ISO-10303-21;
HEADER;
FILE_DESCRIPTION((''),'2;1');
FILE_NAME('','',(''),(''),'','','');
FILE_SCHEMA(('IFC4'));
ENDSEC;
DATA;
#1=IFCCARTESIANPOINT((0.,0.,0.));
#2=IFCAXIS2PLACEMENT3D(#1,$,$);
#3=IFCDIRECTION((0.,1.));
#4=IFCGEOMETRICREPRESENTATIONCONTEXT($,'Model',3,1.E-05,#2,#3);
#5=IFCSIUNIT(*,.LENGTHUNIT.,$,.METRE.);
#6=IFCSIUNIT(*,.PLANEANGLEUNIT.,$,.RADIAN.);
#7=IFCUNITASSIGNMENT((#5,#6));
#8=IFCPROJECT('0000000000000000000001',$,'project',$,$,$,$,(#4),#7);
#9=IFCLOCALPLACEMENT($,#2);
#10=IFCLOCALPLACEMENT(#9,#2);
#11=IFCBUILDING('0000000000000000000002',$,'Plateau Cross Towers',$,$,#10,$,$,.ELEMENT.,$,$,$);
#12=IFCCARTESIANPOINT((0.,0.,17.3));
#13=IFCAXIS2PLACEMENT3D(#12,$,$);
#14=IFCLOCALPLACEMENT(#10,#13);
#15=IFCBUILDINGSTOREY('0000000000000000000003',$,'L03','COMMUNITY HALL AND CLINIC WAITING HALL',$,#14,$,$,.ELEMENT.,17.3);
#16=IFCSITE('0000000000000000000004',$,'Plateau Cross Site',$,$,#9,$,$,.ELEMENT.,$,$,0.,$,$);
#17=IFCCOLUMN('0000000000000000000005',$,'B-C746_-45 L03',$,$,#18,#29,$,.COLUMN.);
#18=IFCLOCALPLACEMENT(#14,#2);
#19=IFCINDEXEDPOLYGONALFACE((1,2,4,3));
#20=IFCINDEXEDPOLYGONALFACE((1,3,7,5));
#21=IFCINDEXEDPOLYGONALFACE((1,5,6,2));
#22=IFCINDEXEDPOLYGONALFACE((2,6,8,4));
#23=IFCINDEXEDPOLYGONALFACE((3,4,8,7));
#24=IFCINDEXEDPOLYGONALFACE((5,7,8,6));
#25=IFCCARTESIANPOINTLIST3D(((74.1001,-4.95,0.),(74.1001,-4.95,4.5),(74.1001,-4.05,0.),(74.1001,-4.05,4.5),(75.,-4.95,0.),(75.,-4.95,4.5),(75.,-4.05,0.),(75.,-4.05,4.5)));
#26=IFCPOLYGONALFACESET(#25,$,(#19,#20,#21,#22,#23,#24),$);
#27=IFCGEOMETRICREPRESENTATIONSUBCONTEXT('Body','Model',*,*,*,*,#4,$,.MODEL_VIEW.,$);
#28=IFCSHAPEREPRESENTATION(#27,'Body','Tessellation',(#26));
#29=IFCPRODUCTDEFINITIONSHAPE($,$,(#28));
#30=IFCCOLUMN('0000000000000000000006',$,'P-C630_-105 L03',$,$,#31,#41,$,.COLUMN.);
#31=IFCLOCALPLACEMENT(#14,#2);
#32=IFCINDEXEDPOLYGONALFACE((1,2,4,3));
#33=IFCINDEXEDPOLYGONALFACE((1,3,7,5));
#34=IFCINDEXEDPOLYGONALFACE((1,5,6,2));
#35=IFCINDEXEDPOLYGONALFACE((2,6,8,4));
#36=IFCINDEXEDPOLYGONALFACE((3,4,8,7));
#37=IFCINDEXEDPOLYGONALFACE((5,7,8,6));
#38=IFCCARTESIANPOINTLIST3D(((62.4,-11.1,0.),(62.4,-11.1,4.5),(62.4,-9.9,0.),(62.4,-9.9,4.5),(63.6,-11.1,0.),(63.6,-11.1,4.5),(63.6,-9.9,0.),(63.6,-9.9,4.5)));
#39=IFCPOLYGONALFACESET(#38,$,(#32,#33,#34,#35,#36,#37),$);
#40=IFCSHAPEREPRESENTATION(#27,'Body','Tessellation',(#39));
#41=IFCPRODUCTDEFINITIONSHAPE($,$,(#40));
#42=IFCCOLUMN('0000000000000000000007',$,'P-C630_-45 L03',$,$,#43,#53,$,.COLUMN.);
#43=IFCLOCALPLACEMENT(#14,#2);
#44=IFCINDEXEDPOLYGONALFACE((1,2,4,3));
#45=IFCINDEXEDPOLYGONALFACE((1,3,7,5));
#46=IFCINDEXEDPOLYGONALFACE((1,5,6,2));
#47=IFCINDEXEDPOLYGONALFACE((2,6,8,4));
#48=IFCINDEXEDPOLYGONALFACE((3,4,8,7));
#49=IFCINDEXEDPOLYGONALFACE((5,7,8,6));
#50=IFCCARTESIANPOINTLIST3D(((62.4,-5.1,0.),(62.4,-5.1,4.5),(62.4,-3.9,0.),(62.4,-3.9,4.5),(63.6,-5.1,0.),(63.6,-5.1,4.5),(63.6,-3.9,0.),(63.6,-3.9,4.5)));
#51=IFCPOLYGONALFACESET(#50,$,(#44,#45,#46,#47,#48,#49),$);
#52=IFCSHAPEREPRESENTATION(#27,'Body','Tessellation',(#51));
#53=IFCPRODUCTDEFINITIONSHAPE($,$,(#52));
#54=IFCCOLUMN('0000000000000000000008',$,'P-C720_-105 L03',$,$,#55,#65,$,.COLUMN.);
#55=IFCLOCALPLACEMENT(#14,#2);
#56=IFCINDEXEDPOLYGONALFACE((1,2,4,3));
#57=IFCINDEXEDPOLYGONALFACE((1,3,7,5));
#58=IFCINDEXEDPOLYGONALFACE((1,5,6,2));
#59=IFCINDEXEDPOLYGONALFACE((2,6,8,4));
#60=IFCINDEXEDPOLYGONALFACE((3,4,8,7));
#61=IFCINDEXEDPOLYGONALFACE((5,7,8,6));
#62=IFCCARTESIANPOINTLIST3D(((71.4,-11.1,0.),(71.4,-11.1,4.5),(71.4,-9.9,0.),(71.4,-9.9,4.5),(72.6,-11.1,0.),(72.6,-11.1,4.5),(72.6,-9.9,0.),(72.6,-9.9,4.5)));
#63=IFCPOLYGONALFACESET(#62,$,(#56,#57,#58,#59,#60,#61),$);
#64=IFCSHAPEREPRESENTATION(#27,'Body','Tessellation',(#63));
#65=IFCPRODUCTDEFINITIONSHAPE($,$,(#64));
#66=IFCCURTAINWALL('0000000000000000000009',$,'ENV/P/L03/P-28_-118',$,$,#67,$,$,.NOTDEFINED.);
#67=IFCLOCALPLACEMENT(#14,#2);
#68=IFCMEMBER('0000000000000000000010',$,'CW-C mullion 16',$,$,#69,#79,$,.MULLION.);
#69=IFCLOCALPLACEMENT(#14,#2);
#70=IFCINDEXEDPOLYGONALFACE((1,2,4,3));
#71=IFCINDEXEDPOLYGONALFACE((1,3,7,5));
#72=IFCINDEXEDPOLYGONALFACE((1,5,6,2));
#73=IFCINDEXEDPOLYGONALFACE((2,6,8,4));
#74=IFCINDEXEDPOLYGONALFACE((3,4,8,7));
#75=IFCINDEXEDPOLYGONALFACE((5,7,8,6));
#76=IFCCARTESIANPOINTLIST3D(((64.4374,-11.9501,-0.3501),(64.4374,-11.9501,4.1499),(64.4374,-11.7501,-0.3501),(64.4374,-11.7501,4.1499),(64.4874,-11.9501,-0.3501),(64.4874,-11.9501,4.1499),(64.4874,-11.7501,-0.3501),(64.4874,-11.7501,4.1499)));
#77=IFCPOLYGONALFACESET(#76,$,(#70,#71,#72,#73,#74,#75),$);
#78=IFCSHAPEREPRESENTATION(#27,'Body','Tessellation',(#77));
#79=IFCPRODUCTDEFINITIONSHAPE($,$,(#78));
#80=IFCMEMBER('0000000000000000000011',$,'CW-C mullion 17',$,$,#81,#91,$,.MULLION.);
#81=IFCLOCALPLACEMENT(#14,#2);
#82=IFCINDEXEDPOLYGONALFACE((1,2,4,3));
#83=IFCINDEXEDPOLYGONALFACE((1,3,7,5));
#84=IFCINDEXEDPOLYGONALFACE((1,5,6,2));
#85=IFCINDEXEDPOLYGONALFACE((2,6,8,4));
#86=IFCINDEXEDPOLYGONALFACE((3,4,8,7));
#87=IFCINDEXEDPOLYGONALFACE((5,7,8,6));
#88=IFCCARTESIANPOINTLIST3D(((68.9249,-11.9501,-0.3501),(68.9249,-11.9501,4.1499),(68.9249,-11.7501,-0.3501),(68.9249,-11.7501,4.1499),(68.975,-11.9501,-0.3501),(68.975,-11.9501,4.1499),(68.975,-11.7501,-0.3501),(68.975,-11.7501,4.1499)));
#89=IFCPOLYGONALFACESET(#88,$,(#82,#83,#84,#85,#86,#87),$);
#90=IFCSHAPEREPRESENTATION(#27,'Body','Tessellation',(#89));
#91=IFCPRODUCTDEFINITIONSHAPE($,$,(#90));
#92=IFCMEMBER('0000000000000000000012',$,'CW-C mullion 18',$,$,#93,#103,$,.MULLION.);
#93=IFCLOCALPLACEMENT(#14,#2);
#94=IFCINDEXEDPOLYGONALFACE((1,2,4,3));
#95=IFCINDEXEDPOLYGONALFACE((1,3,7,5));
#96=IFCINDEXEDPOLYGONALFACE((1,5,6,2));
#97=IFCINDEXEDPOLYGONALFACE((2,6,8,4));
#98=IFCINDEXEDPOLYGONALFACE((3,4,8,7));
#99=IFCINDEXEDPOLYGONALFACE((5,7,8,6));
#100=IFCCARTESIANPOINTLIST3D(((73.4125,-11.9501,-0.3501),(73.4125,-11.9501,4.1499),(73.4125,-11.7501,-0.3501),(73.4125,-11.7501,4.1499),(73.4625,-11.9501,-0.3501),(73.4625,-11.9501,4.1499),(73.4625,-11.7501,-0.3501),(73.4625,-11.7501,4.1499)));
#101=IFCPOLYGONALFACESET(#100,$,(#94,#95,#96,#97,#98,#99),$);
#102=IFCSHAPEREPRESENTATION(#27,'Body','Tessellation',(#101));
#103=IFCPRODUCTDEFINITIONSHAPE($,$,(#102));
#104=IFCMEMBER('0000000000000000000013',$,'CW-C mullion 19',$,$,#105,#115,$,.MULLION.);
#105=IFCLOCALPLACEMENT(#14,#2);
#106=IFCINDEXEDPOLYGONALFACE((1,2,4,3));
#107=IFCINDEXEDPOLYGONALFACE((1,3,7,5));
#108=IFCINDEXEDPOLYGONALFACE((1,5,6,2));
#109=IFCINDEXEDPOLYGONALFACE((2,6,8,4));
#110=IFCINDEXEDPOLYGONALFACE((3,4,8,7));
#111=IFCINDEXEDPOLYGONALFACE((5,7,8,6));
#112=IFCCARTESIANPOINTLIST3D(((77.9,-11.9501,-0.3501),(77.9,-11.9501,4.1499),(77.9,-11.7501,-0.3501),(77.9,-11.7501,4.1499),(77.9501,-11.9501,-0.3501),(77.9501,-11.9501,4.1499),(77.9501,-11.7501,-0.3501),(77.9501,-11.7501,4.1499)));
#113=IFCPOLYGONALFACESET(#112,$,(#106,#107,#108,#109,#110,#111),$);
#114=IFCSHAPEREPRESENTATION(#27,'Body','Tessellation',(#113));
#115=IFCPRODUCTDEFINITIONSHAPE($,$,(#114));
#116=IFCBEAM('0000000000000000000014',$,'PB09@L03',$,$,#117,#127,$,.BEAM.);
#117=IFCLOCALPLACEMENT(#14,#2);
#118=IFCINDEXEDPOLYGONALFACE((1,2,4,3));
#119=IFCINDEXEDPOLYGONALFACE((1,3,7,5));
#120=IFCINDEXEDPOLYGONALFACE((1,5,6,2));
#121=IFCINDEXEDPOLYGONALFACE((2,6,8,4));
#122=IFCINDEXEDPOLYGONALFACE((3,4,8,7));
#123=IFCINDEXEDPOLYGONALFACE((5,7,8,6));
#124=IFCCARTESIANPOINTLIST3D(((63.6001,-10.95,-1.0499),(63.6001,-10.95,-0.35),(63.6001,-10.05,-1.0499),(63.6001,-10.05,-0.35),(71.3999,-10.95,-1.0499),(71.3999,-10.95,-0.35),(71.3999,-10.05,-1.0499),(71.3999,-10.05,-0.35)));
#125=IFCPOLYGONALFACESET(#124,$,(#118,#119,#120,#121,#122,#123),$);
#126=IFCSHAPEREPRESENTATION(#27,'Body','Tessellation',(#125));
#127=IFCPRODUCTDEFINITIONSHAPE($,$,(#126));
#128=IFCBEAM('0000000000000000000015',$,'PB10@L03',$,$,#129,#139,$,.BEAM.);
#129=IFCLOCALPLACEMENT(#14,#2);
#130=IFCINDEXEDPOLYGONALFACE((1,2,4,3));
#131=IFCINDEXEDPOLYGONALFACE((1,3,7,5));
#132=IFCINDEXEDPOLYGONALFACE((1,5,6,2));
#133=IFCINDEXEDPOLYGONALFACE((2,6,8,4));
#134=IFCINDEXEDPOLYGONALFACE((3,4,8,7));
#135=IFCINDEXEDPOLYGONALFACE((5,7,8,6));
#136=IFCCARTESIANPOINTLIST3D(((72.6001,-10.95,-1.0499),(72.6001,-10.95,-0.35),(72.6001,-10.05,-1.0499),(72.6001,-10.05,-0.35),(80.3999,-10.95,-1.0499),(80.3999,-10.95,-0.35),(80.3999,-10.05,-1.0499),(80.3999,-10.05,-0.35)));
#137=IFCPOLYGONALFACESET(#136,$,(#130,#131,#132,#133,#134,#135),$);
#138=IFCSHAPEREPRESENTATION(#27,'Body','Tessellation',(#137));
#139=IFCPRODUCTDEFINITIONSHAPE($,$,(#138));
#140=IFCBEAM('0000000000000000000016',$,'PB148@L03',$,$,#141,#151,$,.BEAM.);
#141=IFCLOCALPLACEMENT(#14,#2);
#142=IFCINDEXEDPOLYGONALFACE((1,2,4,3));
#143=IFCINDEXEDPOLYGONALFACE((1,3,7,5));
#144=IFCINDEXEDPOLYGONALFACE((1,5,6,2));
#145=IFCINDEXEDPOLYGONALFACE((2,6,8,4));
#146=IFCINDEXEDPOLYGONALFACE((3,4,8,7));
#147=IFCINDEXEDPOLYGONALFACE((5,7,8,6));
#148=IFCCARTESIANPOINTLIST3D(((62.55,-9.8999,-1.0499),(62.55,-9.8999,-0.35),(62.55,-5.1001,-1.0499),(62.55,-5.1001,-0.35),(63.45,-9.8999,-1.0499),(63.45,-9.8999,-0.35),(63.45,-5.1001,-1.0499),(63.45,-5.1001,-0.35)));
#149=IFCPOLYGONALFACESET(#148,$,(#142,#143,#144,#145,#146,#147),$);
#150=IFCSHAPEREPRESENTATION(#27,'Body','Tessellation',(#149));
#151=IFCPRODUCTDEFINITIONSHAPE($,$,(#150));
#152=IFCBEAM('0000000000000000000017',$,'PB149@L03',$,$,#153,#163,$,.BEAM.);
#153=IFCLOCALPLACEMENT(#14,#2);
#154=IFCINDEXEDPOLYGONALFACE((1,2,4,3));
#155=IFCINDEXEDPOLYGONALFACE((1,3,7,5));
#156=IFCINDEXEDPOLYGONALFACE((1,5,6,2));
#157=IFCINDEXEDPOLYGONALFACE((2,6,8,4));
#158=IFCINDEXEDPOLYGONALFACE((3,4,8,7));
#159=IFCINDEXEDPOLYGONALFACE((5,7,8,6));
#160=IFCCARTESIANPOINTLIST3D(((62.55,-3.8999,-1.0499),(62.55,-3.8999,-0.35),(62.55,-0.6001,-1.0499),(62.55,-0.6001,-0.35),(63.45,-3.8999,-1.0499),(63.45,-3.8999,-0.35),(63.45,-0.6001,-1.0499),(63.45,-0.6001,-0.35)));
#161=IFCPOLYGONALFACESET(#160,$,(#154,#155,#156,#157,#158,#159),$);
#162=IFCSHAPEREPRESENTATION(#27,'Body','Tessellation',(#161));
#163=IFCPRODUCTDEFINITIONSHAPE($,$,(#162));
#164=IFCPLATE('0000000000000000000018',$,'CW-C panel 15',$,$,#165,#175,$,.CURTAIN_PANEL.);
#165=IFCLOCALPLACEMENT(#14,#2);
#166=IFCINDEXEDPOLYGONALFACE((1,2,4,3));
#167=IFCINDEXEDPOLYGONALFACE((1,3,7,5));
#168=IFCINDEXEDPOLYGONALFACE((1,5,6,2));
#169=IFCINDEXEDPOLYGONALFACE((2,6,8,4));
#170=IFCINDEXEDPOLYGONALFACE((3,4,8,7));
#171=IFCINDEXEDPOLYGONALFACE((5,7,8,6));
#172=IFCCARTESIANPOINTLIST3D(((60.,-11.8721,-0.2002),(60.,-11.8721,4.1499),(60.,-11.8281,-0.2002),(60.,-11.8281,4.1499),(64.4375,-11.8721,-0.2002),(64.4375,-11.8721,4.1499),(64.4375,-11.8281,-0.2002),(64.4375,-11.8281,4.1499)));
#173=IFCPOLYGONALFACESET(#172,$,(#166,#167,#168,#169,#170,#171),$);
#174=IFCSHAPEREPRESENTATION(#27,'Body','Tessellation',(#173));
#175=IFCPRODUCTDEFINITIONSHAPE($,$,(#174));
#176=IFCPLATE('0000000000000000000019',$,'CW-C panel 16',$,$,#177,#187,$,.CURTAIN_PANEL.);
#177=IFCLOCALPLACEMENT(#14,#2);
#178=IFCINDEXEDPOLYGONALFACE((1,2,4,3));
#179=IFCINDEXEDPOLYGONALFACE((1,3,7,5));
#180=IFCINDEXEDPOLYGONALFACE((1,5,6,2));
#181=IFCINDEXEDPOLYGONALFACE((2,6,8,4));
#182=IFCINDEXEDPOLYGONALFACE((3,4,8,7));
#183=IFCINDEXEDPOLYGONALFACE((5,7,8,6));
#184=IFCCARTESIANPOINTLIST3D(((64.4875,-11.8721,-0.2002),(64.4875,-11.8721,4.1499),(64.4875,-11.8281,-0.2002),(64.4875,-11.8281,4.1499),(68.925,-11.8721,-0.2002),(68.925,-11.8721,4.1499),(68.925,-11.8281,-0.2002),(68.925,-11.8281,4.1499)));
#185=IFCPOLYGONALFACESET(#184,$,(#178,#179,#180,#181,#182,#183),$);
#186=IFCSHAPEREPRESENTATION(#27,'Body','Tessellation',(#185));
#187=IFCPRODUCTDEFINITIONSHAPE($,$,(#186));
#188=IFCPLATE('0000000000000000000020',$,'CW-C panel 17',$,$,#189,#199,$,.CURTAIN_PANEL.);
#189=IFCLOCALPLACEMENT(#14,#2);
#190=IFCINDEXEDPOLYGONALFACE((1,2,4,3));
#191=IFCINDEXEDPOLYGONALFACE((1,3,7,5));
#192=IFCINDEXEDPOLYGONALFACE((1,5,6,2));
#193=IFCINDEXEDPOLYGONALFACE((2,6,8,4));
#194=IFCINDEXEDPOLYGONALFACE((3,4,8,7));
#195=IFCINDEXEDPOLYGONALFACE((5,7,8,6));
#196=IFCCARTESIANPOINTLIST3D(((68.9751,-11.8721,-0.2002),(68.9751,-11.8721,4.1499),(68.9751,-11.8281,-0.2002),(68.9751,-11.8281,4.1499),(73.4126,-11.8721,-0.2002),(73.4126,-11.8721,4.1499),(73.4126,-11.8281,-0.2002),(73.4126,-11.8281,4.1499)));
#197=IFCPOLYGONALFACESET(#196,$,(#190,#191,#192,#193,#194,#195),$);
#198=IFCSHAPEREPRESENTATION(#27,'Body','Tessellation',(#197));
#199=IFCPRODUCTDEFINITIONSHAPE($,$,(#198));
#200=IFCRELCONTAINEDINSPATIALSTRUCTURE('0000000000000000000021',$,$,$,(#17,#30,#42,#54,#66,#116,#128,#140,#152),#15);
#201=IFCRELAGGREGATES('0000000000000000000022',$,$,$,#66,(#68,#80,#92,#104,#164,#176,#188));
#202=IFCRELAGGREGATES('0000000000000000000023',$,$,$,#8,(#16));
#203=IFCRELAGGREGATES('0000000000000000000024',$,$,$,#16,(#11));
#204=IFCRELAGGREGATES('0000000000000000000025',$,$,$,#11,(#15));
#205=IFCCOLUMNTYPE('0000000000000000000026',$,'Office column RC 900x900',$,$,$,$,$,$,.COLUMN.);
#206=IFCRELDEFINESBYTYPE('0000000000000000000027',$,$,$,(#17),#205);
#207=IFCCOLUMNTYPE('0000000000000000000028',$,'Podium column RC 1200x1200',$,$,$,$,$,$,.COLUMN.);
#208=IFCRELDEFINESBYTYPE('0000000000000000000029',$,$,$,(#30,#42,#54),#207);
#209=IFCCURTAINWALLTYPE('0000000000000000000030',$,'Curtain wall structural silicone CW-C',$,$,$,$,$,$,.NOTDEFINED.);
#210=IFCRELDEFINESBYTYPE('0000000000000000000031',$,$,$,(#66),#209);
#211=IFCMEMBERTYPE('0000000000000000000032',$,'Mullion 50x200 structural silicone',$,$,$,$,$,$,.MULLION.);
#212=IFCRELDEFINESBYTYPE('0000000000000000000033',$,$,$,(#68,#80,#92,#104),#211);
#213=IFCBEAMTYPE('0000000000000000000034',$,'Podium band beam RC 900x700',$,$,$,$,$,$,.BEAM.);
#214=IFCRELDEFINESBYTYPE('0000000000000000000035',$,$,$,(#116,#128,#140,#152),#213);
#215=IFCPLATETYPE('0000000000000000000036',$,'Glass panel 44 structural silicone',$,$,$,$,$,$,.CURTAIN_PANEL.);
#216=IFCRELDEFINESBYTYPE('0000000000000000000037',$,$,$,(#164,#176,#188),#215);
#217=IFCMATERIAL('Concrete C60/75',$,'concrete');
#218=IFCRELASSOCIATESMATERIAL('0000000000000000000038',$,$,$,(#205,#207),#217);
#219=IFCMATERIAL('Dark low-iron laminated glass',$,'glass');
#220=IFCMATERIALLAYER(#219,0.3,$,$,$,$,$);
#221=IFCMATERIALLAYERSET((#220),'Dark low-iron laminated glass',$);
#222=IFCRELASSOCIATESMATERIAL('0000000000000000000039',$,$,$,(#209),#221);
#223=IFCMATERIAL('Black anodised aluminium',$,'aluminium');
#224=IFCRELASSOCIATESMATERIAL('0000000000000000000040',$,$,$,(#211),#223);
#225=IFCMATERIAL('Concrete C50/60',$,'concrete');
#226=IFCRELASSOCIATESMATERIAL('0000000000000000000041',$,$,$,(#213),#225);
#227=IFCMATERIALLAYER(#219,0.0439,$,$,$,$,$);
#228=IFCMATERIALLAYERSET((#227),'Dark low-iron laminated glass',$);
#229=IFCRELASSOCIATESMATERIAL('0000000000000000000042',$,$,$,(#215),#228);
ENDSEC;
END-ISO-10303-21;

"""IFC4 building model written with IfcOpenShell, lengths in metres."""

from ifc_helpers import new_model, si_unit, direction, frame, origin, origin_2d, place, context, subcontext, project, spatial, rectangle, extrude, material, layer, layer_set, material_profile, profile_set, type_object, element, aggregate, save


model = new_model("IFC4")

# Units and contexts
model_context = context("Model", 3, precision=1e-05, world=origin(), true_north=direction((0.0, 1.0)))
body_context = subcontext(model_context, "Body", "Model", "MODEL_VIEW")
ifc_project = project(units=[si_unit("LENGTHUNIT", "METRE"), si_unit("PLANEANGLEUNIT", "RADIAN")], contexts=[model_context])

# Site, building, storey
site_placement = place(None, origin())
site = spatial("IfcSite", under=ifc_project, at=site_placement, Name="Plateau Cross Site", CompositionType="ELEMENT", RefElevation=0.0)
building_placement = place(site_placement, origin())
building = spatial("IfcBuilding", under=site, at=building_placement, Name="Plateau Cross Towers", CompositionType="ELEMENT")
storey_placement = place(building_placement, frame((0.0, 0.0, 17.3)))
storey = spatial("IfcBuildingStorey", under=building, at=storey_placement, Name="L03", Description="COMMUNITY HALL AND CLINIC WAITING HALL", CompositionType="ELEMENT", Elevation=17.3)

# Columns
ifc_material_1 = material(Name="Concrete C60/75", Category="concrete")
ifc_material_profile_1 = material_profile(ifc_material_1, rectangle(XDim=0.8999, YDim=0.8999, at=origin_2d()), Name="RC 900x900")
ifc_profile_set_1 = profile_set([ifc_material_profile_1], Name="Concrete C60/75")
column_type_1 = type_object("IfcColumnType", Name="Office column RC 900x900", PredefinedType="COLUMN", material=ifc_profile_set_1)
column_placement = place(storey_placement, frame((74.55, -4.5, 0.0), z_axis=(0.0, 0.0, 1.0), x_axis=(1.0, 0.0, 0.0)))
element("IfcColumn", 1, at=column_placement, inside=storey, type_object=column_type_1, Name="B-C746_-45 L03", PredefinedType="COLUMN", context=body_context, shape_type="SweptSolid", body=[
    extrude(rectangle(XDim=0.8999, YDim=0.8999, at=origin_2d()), origin(), (0.0, 0.0, 1.0), 4.5),
])
ifc_material_profile_2 = material_profile(ifc_material_1, rectangle(XDim=1.2, YDim=1.2, at=origin_2d()), Name="RC 1200x1200")
ifc_profile_set_2 = profile_set([ifc_material_profile_2], Name="Concrete C60/75")
column_type_2 = type_object("IfcColumnType", Name="Podium column RC 1200x1200", PredefinedType="COLUMN", material=ifc_profile_set_2)
for number, where, z_axis, x_axis, name in (
    (2, (63.0, -10.5, 0.0), (0.0, 0.0, 1.0), (1.0, 0.0, 0.0), "P-C630_-105 L03"),
    (3, (63.0, -4.5, 0.0), (0.0, 0.0, 1.0), (1.0, 0.0, 0.0), "P-C630_-45 L03"),
    (4, (72.0, -10.5, 0.0), (0.0, 0.0, 1.0), (1.0, 0.0, 0.0), "P-C720_-105 L03"),
):
    element("IfcColumn", number, at=place(storey_placement, frame(where, z_axis=z_axis, x_axis=x_axis)), inside=storey, type_object=column_type_2, Name=name, PredefinedType="COLUMN", context=body_context, shape_type="SweptSolid", body=[
        extrude(rectangle(XDim=1.2, YDim=1.2, at=origin_2d()), origin(), (0.0, 0.0, 1.0), 4.5),
    ])

# Curtain wall, members
ifc_material_2 = material(Name="Dark low-iron laminated glass", Category="glass")
ifc_layer_1 = layer(ifc_material_2, 0.3)
ifc_layer_set_1 = layer_set([ifc_layer_1], Name="Dark low-iron laminated glass")
curtain_wall_type = type_object("IfcCurtainWallType", Name="Curtain wall structural silicone CW-C", PredefinedType="NOTDEFINED", material=ifc_layer_set_1)
curtain_wall_placement = place(storey_placement, origin())
curtain_wall = element("IfcCurtainWall", 5, at=curtain_wall_placement, inside=storey, type_object=curtain_wall_type, Name="ENV/P/L03/P-28_-118", PredefinedType="NOTDEFINED")
ifc_material_3 = material(Name="Black anodised aluminium", Category="aluminium")
ifc_material_profile_3 = material_profile(ifc_material_3, rectangle(XDim=0.05, YDim=0.2, at=origin_2d()), Name="MULLION 50x200")
ifc_profile_set_3 = profile_set([ifc_material_profile_3], Name="Black anodised aluminium")
member_type = type_object("IfcMemberType", Name="Mullion 50x200 structural silicone", PredefinedType="MULLION", material=ifc_profile_set_3)
member_1_placement = place(storey_placement, frame((64.4624, -11.8501, -0.3501), z_axis=(0.0, 0.0, 1.0), x_axis=(1.0, 0.0, 0.0)))
member_1 = element("IfcMember", 6, at=member_1_placement, type_object=member_type, Name="CW-C mullion 16", PredefinedType="MULLION", context=body_context, shape_type="SweptSolid", body=[
    extrude(rectangle(XDim=0.05, YDim=0.2, at=origin_2d()), origin(), (0.0, 0.0, 1.0), 4.5),
])
member_2_placement = place(storey_placement, frame((68.95, -11.8501, -0.3501), z_axis=(0.0, 0.0, 1.0), x_axis=(1.0, 0.0, 0.0)))
member_2 = element("IfcMember", 7, at=member_2_placement, type_object=member_type, Name="CW-C mullion 17", PredefinedType="MULLION", context=body_context, shape_type="SweptSolid", body=[
    extrude(rectangle(XDim=0.05, YDim=0.2, at=origin_2d()), origin(), (0.0, 0.0, 1.0), 4.5),
])
member_3_placement = place(storey_placement, frame((73.4375, -11.8501, -0.3501), z_axis=(0.0, 0.0, 1.0), x_axis=(1.0, 0.0, 0.0)))
member_3 = element("IfcMember", 8, at=member_3_placement, type_object=member_type, Name="CW-C mullion 18", PredefinedType="MULLION", context=body_context, shape_type="SweptSolid", body=[
    extrude(rectangle(XDim=0.05, YDim=0.2, at=origin_2d()), origin(), (0.0, 0.0, 1.0), 4.5),
])
member_4_placement = place(storey_placement, frame((77.925, -11.8501, -0.3501), z_axis=(0.0, 0.0, 1.0), x_axis=(1.0, 0.0, 0.0)))
member_4 = element("IfcMember", 9, at=member_4_placement, type_object=member_type, Name="CW-C mullion 19", PredefinedType="MULLION", context=body_context, shape_type="SweptSolid", body=[
    extrude(rectangle(XDim=0.05, YDim=0.2, at=origin_2d()), origin(), (0.0, 0.0, 1.0), 4.5),
])

# Beams
ifc_material_4 = material(Name="Concrete C50/60", Category="concrete")
ifc_material_profile_4 = material_profile(ifc_material_4, rectangle(XDim=0.8999, YDim=0.7, at=origin_2d()), Name="RC 900x700")
ifc_profile_set_4 = profile_set([ifc_material_profile_4], Name="Concrete C50/60")
beam_type = type_object("IfcBeamType", Name="Podium band beam RC 900x700", PredefinedType="BEAM", material=ifc_profile_set_4)
for number, where, z_axis, x_axis, name in (
    (10, (63.6001, -10.5, -0.7), (1.0, 0.0, 0.0), (0.0, 1.0, 0.0), "PB09@L03"),
    (11, (72.6001, -10.5, -0.7), (1.0, 0.0, 0.0), (0.0, 1.0, 0.0), "PB10@L03"),
):
    element("IfcBeam", number, at=place(storey_placement, frame(where, z_axis=z_axis, x_axis=x_axis)), inside=storey, type_object=beam_type, Name=name, PredefinedType="BEAM", context=body_context, shape_type="SweptSolid", body=[
        extrude(rectangle(XDim=0.8999, YDim=0.7, at=origin_2d()), origin(), (0.0, 0.0, 1.0), 7.7998),
    ])
beam_1_placement = place(storey_placement, frame((63.0, -9.8999, -0.7), z_axis=(0.0, 1.0, 0.0), x_axis=(-1.0, 0.0, 0.0)))
element("IfcBeam", 12, at=beam_1_placement, inside=storey, type_object=beam_type, Name="PB148@L03", PredefinedType="BEAM", context=body_context, shape_type="SweptSolid", body=[
    extrude(rectangle(XDim=0.8999, YDim=0.7, at=origin_2d()), origin(), (0.0, 0.0, 1.0), 4.7998),
])
beam_2_placement = place(storey_placement, frame((63.0, -3.8999, -0.7), z_axis=(0.0, 1.0, 0.0), x_axis=(-1.0, 0.0, 0.0)))
element("IfcBeam", 13, at=beam_2_placement, inside=storey, type_object=beam_type, Name="PB149@L03", PredefinedType="BEAM", context=body_context, shape_type="SweptSolid", body=[
    extrude(rectangle(XDim=0.8999, YDim=0.7, at=origin_2d()), origin(), (0.0, 0.0, 1.0), 3.2998),
])

# Plates
ifc_layer_2 = layer(ifc_material_2, 0.0439)
ifc_layer_set_2 = layer_set([ifc_layer_2], Name="Dark low-iron laminated glass")
plate_type = type_object("IfcPlateType", Name="Glass panel 44 structural silicone", PredefinedType="CURTAIN_PANEL", material=ifc_layer_set_2)
plate_1_placement = place(storey_placement, frame((62.2188, -11.8501, -0.2002), z_axis=(0.0, 0.0, 1.0), x_axis=(1.0, 0.0, 0.0)))
plate_1 = element("IfcPlate", 14, at=plate_1_placement, type_object=plate_type, Name="CW-C panel 15", PredefinedType="CURTAIN_PANEL", context=body_context, shape_type="SweptSolid", body=[
    extrude(rectangle(XDim=4.4375, YDim=0.0439, at=origin_2d()), origin(), (0.0, 0.0, 1.0), 4.3501),
])
plate_2_placement = place(storey_placement, frame((66.7063, -11.8501, -0.2002), z_axis=(0.0, 0.0, 1.0), x_axis=(1.0, 0.0, 0.0)))
plate_2 = element("IfcPlate", 15, at=plate_2_placement, type_object=plate_type, Name="CW-C panel 16", PredefinedType="CURTAIN_PANEL", context=body_context, shape_type="SweptSolid", body=[
    extrude(rectangle(XDim=4.4375, YDim=0.0439, at=origin_2d()), origin(), (0.0, 0.0, 1.0), 4.3501),
])
plate_3_placement = place(storey_placement, frame((71.1938, -11.8501, -0.2002), z_axis=(0.0, 0.0, 1.0), x_axis=(1.0, 0.0, 0.0)))
plate_3 = element("IfcPlate", 16, at=plate_3_placement, type_object=plate_type, Name="CW-C panel 17", PredefinedType="CURTAIN_PANEL", context=body_context, shape_type="SweptSolid", body=[
    extrude(rectangle(XDim=4.4375, YDim=0.0439, at=origin_2d()), origin(), (0.0, 0.0, 1.0), 4.3501),
])
aggregate(curtain_wall, [member_1, member_2, member_3, member_4, plate_1, plate_2, plate_3])

save(model, "model.ifc")
